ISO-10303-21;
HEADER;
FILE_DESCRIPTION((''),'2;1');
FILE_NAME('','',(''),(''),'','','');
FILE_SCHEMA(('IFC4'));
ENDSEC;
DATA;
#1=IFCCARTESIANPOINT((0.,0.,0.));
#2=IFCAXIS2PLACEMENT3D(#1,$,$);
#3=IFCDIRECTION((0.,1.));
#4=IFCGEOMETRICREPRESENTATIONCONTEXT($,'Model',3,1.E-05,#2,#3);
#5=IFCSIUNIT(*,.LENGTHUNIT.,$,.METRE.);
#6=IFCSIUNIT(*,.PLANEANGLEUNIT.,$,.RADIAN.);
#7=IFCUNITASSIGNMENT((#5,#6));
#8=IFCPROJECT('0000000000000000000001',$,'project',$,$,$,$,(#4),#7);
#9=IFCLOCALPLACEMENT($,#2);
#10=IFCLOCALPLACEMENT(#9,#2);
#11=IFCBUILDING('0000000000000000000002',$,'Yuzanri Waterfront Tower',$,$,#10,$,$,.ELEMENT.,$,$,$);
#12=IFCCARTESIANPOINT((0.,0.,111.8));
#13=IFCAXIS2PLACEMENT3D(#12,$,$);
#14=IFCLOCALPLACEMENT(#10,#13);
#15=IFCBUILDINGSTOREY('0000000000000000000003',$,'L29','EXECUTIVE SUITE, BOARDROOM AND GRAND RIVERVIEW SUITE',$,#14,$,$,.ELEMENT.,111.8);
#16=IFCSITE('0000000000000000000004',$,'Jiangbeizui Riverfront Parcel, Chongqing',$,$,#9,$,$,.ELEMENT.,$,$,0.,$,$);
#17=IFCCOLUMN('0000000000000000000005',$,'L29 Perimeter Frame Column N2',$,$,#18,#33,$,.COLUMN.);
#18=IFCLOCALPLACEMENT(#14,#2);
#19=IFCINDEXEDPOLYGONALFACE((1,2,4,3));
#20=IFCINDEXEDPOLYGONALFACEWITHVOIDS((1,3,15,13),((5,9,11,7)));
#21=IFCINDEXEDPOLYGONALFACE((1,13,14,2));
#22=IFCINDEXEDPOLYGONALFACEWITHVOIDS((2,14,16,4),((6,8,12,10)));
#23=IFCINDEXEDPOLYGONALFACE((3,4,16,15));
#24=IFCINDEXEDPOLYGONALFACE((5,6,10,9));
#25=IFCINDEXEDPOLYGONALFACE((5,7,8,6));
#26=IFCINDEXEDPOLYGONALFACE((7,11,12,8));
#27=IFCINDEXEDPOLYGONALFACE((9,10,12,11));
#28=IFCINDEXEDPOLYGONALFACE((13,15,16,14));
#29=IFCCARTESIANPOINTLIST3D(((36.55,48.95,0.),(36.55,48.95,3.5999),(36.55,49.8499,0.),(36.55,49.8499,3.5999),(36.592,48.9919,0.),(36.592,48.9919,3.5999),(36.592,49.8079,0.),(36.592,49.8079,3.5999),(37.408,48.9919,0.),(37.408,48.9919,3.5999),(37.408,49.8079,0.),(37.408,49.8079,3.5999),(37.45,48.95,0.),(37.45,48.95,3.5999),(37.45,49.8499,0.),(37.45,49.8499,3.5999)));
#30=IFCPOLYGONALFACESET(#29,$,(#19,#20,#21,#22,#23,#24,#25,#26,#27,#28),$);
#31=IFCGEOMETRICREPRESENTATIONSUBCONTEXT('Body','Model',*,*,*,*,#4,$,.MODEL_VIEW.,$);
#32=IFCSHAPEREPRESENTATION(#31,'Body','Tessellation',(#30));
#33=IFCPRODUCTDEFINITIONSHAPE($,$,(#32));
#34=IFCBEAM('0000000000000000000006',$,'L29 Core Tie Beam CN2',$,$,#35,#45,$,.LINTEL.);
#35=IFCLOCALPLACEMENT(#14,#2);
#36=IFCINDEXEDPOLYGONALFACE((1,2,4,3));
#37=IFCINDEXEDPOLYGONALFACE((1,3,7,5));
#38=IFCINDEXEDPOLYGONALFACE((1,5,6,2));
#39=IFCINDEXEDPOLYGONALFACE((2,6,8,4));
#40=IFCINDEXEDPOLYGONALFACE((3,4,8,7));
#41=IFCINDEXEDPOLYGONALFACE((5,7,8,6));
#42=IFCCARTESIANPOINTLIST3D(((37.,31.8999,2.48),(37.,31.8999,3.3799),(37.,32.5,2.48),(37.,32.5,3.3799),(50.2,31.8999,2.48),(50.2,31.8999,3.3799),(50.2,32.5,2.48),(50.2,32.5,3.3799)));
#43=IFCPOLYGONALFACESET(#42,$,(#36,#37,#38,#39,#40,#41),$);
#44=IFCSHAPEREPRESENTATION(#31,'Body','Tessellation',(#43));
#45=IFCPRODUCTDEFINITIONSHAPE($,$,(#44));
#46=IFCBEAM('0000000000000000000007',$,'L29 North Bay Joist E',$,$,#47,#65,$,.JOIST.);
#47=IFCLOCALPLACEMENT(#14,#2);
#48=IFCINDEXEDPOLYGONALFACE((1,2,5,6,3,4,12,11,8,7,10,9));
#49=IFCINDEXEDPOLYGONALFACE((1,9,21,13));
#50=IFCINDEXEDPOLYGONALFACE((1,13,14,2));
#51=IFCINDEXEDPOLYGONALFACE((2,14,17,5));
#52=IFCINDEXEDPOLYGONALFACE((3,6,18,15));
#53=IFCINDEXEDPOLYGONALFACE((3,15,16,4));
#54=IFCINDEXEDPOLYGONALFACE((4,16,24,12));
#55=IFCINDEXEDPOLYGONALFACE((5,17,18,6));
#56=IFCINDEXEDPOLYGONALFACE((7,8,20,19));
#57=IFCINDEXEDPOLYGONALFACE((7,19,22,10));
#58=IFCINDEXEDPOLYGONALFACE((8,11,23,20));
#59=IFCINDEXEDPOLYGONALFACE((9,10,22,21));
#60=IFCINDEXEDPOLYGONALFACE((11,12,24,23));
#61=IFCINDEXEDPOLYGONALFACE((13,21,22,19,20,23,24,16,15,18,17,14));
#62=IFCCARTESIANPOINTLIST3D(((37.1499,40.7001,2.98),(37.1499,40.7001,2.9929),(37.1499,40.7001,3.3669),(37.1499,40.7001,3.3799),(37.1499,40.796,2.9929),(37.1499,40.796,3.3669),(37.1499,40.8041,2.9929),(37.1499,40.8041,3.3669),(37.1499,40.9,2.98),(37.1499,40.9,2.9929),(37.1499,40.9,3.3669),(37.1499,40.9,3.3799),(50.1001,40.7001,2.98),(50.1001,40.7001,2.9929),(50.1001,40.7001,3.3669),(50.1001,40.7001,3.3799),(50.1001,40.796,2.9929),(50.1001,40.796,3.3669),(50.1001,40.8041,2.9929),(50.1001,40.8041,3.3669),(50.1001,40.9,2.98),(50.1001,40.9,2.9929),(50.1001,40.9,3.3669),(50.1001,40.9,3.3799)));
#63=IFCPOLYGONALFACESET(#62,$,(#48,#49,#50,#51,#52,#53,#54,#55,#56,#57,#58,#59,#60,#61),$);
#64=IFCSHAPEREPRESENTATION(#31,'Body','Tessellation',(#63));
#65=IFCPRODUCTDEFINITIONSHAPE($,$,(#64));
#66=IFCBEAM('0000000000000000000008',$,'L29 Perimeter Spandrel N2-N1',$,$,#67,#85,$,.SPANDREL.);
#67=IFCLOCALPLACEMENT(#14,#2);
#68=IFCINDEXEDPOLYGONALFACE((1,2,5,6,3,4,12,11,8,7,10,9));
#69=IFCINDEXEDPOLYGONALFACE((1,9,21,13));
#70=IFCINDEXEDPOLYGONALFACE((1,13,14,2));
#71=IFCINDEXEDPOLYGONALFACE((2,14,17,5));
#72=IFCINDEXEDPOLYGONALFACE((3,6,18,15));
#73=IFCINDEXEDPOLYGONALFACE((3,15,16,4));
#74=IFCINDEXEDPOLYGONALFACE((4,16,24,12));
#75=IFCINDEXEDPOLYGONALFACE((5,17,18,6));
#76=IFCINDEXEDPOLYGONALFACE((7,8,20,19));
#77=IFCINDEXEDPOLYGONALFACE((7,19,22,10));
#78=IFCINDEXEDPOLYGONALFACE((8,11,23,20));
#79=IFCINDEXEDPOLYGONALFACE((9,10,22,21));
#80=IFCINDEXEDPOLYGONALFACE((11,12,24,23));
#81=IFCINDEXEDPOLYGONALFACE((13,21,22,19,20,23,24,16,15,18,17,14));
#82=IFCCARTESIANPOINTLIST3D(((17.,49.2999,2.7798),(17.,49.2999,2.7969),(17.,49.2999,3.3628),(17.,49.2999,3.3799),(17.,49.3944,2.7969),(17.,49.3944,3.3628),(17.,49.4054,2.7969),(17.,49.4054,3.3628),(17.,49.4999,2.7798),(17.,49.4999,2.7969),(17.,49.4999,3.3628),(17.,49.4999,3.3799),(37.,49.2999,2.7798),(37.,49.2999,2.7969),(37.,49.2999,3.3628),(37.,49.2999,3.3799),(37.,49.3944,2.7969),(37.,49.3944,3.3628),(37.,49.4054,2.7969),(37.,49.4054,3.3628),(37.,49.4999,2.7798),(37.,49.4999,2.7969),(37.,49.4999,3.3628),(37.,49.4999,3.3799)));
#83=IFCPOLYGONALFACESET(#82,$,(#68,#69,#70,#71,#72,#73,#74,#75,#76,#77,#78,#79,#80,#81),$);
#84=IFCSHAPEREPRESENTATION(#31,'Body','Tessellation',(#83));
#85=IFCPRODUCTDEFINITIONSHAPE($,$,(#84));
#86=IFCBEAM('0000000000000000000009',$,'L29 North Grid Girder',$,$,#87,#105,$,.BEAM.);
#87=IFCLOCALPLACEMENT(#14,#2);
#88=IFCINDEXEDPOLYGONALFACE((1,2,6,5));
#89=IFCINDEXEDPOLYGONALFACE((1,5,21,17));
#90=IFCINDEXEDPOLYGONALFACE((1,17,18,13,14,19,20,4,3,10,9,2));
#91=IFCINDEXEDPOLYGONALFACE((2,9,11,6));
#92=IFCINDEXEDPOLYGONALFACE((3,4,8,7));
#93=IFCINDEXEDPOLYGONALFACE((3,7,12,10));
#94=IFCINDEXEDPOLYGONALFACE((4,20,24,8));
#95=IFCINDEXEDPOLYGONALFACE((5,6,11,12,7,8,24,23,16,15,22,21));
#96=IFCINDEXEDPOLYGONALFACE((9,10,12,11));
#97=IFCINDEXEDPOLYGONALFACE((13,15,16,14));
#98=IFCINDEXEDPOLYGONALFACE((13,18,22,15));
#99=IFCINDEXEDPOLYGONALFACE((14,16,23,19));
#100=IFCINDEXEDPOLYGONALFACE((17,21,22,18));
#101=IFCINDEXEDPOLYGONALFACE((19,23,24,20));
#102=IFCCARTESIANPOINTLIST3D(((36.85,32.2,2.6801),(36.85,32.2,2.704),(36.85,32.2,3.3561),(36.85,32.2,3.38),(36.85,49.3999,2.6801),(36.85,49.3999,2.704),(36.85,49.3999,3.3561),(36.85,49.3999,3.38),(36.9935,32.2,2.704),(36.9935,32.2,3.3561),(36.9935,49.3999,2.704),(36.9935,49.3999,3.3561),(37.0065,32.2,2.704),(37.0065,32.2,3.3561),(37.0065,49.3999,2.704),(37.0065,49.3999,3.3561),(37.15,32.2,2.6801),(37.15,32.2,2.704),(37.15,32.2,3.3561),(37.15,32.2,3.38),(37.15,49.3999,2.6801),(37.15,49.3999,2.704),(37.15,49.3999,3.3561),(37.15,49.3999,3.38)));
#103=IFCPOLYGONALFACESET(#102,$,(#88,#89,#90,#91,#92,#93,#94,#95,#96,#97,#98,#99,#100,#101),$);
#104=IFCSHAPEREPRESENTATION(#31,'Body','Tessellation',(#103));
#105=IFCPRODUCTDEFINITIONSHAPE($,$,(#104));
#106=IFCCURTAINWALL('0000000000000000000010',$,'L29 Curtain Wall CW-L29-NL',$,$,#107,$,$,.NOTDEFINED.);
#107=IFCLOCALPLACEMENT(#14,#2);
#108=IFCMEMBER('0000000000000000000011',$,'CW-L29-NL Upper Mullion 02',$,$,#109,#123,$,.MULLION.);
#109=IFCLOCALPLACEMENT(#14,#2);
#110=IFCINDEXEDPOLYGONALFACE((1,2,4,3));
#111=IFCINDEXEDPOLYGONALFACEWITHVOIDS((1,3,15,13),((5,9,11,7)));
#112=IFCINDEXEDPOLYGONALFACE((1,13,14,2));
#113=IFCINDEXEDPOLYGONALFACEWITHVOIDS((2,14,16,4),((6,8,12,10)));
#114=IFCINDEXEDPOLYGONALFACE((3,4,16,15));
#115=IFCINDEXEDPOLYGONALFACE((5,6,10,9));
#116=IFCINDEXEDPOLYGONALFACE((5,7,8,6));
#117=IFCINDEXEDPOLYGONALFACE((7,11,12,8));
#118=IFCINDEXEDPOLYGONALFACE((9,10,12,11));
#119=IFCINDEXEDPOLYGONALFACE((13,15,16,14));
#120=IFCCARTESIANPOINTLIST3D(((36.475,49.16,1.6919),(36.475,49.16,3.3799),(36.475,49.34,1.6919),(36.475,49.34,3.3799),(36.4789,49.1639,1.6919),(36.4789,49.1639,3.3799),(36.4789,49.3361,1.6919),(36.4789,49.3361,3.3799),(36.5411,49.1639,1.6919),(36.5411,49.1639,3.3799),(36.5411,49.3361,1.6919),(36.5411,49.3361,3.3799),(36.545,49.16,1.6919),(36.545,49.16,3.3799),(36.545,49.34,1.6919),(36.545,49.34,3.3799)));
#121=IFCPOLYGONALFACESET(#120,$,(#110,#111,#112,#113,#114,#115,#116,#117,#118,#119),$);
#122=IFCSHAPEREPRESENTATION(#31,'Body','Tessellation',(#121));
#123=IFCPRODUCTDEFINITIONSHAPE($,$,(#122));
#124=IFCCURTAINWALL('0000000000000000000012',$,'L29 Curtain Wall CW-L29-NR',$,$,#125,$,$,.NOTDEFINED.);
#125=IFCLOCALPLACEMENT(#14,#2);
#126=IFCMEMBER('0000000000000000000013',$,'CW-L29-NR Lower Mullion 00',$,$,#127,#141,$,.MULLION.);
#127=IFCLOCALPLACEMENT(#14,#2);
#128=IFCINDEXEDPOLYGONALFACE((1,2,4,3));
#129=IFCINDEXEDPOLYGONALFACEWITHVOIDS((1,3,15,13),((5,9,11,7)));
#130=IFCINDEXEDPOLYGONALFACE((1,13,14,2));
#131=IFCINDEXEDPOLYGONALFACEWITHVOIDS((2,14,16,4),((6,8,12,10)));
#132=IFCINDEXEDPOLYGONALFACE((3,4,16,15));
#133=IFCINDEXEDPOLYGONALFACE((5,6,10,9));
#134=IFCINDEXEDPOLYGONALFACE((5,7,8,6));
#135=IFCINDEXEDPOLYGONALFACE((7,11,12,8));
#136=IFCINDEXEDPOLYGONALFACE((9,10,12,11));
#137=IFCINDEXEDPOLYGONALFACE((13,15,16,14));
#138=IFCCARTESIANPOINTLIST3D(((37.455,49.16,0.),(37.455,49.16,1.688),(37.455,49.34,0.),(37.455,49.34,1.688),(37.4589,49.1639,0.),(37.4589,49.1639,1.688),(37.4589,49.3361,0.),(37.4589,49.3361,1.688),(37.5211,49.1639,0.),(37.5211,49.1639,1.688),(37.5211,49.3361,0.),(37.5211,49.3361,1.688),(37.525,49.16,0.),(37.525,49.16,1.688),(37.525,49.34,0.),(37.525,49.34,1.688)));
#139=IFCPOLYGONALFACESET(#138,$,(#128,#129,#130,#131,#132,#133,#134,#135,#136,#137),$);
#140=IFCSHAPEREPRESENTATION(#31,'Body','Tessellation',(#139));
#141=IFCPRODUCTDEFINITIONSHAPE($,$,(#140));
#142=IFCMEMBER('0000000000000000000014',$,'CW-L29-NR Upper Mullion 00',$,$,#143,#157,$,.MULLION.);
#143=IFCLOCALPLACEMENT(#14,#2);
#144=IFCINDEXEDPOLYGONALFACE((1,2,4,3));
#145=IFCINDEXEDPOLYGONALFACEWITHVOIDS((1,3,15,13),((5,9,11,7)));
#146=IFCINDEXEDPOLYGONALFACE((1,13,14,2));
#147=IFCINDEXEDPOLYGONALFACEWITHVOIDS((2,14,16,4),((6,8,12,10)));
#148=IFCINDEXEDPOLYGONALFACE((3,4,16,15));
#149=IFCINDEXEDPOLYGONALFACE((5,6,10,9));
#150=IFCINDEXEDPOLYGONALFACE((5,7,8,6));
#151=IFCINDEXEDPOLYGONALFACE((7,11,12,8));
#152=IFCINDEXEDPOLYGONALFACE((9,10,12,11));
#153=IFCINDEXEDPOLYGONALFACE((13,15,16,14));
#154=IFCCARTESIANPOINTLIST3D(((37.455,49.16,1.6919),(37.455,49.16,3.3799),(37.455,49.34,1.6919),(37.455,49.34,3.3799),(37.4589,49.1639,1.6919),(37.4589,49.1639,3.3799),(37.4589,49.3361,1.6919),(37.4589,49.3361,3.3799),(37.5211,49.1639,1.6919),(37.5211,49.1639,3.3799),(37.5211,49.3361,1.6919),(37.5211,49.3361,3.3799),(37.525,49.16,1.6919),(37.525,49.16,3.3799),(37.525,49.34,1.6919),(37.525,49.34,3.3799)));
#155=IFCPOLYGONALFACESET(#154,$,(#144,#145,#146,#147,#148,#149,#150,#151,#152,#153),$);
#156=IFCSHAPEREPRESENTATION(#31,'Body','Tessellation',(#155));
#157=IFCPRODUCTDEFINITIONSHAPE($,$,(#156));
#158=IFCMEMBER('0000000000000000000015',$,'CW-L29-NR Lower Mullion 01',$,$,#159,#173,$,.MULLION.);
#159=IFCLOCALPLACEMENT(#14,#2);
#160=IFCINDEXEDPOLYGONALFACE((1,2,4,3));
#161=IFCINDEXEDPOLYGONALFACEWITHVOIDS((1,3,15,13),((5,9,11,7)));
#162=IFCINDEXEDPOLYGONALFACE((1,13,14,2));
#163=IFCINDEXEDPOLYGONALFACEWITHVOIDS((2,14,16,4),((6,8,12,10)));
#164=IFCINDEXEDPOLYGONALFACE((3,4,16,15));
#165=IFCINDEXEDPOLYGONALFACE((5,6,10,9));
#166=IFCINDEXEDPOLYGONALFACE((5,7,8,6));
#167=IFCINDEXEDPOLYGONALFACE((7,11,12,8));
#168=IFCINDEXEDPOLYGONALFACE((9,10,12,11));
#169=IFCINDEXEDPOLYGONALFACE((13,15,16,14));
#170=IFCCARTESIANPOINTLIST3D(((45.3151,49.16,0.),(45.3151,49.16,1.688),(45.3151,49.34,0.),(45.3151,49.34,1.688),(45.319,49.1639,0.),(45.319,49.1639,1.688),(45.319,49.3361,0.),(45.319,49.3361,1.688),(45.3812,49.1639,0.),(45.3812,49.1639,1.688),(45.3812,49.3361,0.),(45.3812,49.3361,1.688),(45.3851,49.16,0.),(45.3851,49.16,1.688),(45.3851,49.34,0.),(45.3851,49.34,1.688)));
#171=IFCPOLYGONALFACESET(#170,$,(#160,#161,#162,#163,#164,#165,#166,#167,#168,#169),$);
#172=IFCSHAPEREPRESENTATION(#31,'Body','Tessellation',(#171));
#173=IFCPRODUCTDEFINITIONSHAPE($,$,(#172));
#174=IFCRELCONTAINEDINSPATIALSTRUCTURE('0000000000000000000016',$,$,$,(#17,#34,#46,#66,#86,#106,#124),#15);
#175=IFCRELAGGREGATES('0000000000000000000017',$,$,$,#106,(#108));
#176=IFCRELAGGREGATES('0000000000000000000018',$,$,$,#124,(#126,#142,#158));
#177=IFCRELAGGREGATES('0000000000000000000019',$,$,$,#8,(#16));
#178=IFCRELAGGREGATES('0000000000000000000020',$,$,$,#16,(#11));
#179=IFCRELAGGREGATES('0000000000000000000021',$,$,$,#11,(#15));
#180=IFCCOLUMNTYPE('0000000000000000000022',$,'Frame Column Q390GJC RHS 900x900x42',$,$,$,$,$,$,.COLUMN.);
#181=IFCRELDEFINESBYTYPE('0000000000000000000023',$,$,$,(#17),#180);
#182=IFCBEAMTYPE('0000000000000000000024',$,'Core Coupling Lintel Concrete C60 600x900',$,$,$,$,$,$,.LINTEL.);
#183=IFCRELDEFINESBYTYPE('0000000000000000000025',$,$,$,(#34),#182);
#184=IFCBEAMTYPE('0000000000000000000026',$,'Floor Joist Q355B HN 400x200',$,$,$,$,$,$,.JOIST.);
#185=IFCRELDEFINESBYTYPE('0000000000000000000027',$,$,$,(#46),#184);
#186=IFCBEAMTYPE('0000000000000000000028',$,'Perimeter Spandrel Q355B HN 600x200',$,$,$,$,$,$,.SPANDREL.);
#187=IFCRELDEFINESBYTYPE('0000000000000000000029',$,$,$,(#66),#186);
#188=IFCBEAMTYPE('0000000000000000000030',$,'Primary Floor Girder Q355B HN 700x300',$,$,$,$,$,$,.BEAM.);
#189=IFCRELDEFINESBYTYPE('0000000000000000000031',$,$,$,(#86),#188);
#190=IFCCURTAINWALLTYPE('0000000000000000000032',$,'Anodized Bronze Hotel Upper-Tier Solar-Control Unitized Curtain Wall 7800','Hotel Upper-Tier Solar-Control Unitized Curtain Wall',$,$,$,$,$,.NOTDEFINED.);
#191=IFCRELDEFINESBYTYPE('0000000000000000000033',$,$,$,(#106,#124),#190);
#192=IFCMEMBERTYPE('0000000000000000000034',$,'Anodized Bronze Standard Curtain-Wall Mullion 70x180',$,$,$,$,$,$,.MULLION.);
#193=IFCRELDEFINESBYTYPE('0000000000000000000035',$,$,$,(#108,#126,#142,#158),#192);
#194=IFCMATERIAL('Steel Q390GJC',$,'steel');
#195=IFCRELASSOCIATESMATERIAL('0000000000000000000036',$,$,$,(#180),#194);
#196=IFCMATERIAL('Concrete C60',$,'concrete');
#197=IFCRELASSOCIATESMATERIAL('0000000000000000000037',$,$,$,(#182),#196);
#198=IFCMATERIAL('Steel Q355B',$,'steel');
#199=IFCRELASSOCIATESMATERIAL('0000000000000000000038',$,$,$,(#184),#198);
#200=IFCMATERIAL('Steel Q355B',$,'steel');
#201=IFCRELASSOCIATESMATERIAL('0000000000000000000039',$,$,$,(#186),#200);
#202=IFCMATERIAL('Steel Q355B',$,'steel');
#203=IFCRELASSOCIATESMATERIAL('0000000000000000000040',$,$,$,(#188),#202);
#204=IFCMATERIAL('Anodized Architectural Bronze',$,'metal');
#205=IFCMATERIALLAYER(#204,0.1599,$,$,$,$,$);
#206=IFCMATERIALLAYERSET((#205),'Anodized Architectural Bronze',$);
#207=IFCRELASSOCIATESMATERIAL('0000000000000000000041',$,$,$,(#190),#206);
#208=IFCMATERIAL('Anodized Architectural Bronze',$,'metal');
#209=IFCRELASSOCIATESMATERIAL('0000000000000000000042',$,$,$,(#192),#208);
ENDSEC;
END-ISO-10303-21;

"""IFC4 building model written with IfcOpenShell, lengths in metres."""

from ifc_helpers import new_model, si_unit, direction, frame, origin, origin_2d, place, context, subcontext, project, spatial, rectangle, hollow_rectangle, i_section, extrude, source, transform, mapped, material, layer, layer_set, material_profile, profile_set, type_object, element, aggregate, save


model = new_model("IFC4")

# Units and contexts
model_context = context("Model", 3, precision=1e-05, world=origin(), true_north=direction((0.0, 1.0)))
body_context = subcontext(model_context, "Body", "Model", "MODEL_VIEW")
ifc_project = project(units=[si_unit("LENGTHUNIT", "METRE"), si_unit("PLANEANGLEUNIT", "RADIAN")], contexts=[model_context])

# Site, building, storey
site_placement = place(None, origin())
site = spatial("IfcSite", under=ifc_project, at=site_placement, Name="Jiangbeizui Riverfront Parcel, Chongqing", CompositionType="ELEMENT", RefElevation=0.0)
building_placement = place(site_placement, origin())
building = spatial("IfcBuilding", under=site, at=building_placement, Name="Yuzanri Waterfront Tower", CompositionType="ELEMENT")
storey_placement = place(building_placement, frame((0.0, 0.0, 111.8)))
storey = spatial("IfcBuildingStorey", under=building, at=storey_placement, Name="L29", Description="EXECUTIVE SUITE, BOARDROOM AND GRAND RIVERVIEW SUITE", CompositionType="ELEMENT", Elevation=111.8)

# Column
ifc_material_1 = material(Name="Steel Q390GJC", Category="steel")
ifc_material_profile_1 = material_profile(ifc_material_1, hollow_rectangle(XDim=0.8999, YDim=0.8999, WallThickness=0.042, at=origin_2d()), Name="RHS 900x900x42")
ifc_profile_set_1 = profile_set([ifc_material_profile_1], Name="Steel Q390GJC")
column_type = type_object("IfcColumnType", Name="Frame Column Q390GJC RHS 900x900x42", PredefinedType="COLUMN", material=ifc_profile_set_1)
shared_shape_1 = source(origin(), body_context, "Body", "SweptSolid", [
    extrude(hollow_rectangle(XDim=0.8999, YDim=0.8999, WallThickness=0.042, at=origin_2d()), origin(), (0.0, 0.0, 1.0), 3.5999),
])
column_placement = place(storey_placement, frame((37.0, 49.3999, 0.0), z_axis=(0.0, 0.0, 1.0), x_axis=(1.0, 0.0, 0.0)))
element("IfcColumn", 1, at=column_placement, inside=storey, type_object=column_type, Name="L29 Perimeter Frame Column N2", PredefinedType="COLUMN", context=body_context, shape_type="MappedRepresentation", body=[
    mapped(shared_shape_1, transform((0.0, 0.0, 0.0), scale=1.0)),
])

# Beams
ifc_material_2 = material(Name="Concrete C60", Category="concrete")
ifc_material_profile_2 = material_profile(ifc_material_2, rectangle(XDim=0.6001, YDim=0.8999, at=origin_2d()), Name="RC 600x900")
ifc_profile_set_2 = profile_set([ifc_material_profile_2], Name="Concrete C60")
beam_type_1 = type_object("IfcBeamType", Name="Core Coupling Lintel Concrete C60 600x900", PredefinedType="LINTEL", material=ifc_profile_set_2)
shared_shape_2 = source(origin(), body_context, "Body", "SweptSolid", [
    extrude(rectangle(XDim=0.6001, YDim=0.8999, at=origin_2d()), origin(), (0.0, 0.0, 1.0), 13.2),
])
beam_1_placement = place(storey_placement, frame((37.0, 32.2, 2.9299), z_axis=(1.0, 0.0, 0.0), x_axis=(0.0, 1.0, 0.0)))
element("IfcBeam", 2, at=beam_1_placement, inside=storey, type_object=beam_type_1, Name="L29 Core Tie Beam CN2", PredefinedType="LINTEL", context=body_context, shape_type="MappedRepresentation", body=[
    mapped(shared_shape_2, transform((0.0, 0.0, 0.0), scale=1.0)),
])
ifc_material_3 = material(Name="Steel Q355B", Category="steel")
ifc_material_profile_3 = material_profile(ifc_material_3, i_section(OverallWidth=0.2, OverallDepth=0.3999, WebThickness=0.0081, FlangeThickness=0.0129, at=origin_2d()), Name="HN 400x200x8x13")
ifc_profile_set_3 = profile_set([ifc_material_profile_3], Name="Steel Q355B")
beam_type_2 = type_object("IfcBeamType", Name="Floor Joist Q355B HN 400x200", PredefinedType="JOIST", material=ifc_profile_set_3)
shared_shape_3 = source(origin(), body_context, "Body", "SweptSolid", [
    extrude(i_section(OverallWidth=0.2, OverallDepth=0.3999, WebThickness=0.0081, FlangeThickness=0.0129, at=origin_2d()), origin(), (0.0, 0.0, 1.0), 12.9502),
])
beam_2_placement = place(storey_placement, frame((37.1499, 40.8, 3.1799), z_axis=(1.0, 0.0, 0.0), x_axis=(0.0, 1.0, 0.0)))
element("IfcBeam", 3, at=beam_2_placement, inside=storey, type_object=beam_type_2, Name="L29 North Bay Joist E", PredefinedType="JOIST", context=body_context, shape_type="MappedRepresentation", body=[
    mapped(shared_shape_3, transform((0.0, 0.0, 0.0), scale=1.0)),
])
ifc_material_4 = material(Name="Steel Q355B", Category="steel")
ifc_material_profile_4 = material_profile(ifc_material_4, i_section(OverallWidth=0.2, OverallDepth=0.6001, WebThickness=0.011, FlangeThickness=0.0171, at=origin_2d()), Name="HN 600x200x11x17")
ifc_profile_set_4 = profile_set([ifc_material_profile_4], Name="Steel Q355B")
beam_type_3 = type_object("IfcBeamType", Name="Perimeter Spandrel Q355B HN 600x200", PredefinedType="SPANDREL", material=ifc_profile_set_4)
shared_shape_4 = source(origin(), body_context, "Body", "SweptSolid", [
    extrude(i_section(OverallWidth=0.2, OverallDepth=0.6001, WebThickness=0.011, FlangeThickness=0.0171, at=origin_2d()), origin(), (0.0, 0.0, 1.0), 20.0),
])
beam_3_placement = place(storey_placement, frame((37.0, 49.3999, 3.0798), z_axis=(-1.0, 0.0, 0.0), x_axis=(0.0, -1.0, 0.0)))
element("IfcBeam", 4, at=beam_3_placement, inside=storey, type_object=beam_type_3, Name="L29 Perimeter Spandrel N2-N1", PredefinedType="SPANDREL", context=body_context, shape_type="MappedRepresentation", body=[
    mapped(shared_shape_4, transform((0.0, 0.0, 0.0), scale=1.0)),
])
ifc_material_5 = material(Name="Steel Q355B", Category="steel")
ifc_material_profile_5 = material_profile(ifc_material_5, i_section(OverallWidth=0.3, OverallDepth=0.7, WebThickness=0.0129, FlangeThickness=0.0239, at=origin_2d()), Name="HN 700x300x13x24")
ifc_profile_set_5 = profile_set([ifc_material_profile_5], Name="Steel Q355B")
beam_type_4 = type_object("IfcBeamType", Name="Primary Floor Girder Q355B HN 700x300", PredefinedType="BEAM", material=ifc_profile_set_5)
shared_shape_5 = source(origin(), body_context, "Body", "SweptSolid", [
    extrude(i_section(OverallWidth=0.3, OverallDepth=0.7, WebThickness=0.0129, FlangeThickness=0.0239, at=origin_2d()), origin(), (0.0, 0.0, 1.0), 17.2),
])
beam_4_placement = place(storey_placement, frame((37.0, 32.2, 3.03), z_axis=(0.0, 1.0, 0.0), x_axis=(-1.0, 0.0, 0.0)))
element("IfcBeam", 5, at=beam_4_placement, inside=storey, type_object=beam_type_4, Name="L29 North Grid Girder", PredefinedType="BEAM", context=body_context, shape_type="MappedRepresentation", body=[
    mapped(shared_shape_5, transform((0.0, 0.0, 0.0), scale=1.0)),
])

# Curtain wall, member
ifc_material_6 = material(Name="Anodized Architectural Bronze", Category="metal")
ifc_layer_1 = layer(ifc_material_6, 0.1599)
ifc_layer_set_1 = layer_set([ifc_layer_1], Name="Anodized Architectural Bronze")
curtain_wall_type = type_object("IfcCurtainWallType", Name="Anodized Bronze Hotel Upper-Tier Solar-Control Unitized Curtain Wall 7800", Description="Hotel Upper-Tier Solar-Control Unitized Curtain Wall", PredefinedType="NOTDEFINED", material=ifc_layer_set_1)
curtain_wall_1_placement = place(storey_placement, origin())
curtain_wall_1 = element("IfcCurtainWall", 6, at=curtain_wall_1_placement, inside=storey, type_object=curtain_wall_type, Name="L29 Curtain Wall CW-L29-NL", PredefinedType="NOTDEFINED")
ifc_material_7 = material(Name="Anodized Architectural Bronze", Category="metal")
ifc_material_profile_6 = material_profile(ifc_material_7, hollow_rectangle(XDim=0.0701, YDim=0.1799, WallThickness=0.0039, at=origin_2d()), Name="CWM 70x180")
ifc_profile_set_6 = profile_set([ifc_material_profile_6], Name="Anodized Architectural Bronze")
member_type_1 = type_object("IfcMemberType", Name="Anodized Bronze Standard Curtain-Wall Mullion 70x180", PredefinedType="MULLION", material=ifc_profile_set_6)
shared_shape_6 = source(origin(), body_context, "Body", "SweptSolid", [
    extrude(hollow_rectangle(XDim=0.0701, YDim=0.1799, WallThickness=0.0039, at=origin_2d()), origin(), (0.0, 0.0, 1.0), 1.688),
])
member_1_placement = place(storey_placement, frame((36.51, 49.25, 1.6919), z_axis=(0.0, 0.0, 1.0), x_axis=(1.0, 0.0, 0.0)))
member_1 = element("IfcMember", 7, at=member_1_placement, type_object=member_type_1, Name="CW-L29-NL Upper Mullion 02", PredefinedType="MULLION", context=body_context, shape_type="MappedRepresentation", body=[
    mapped(shared_shape_6, transform((0.0, 0.0, 0.0), scale=1.0)),
])
aggregate(curtain_wall_1, [member_1])

# Curtain wall, members
curtain_wall_2_placement = place(storey_placement, origin())
curtain_wall_2 = element("IfcCurtainWall", 8, at=curtain_wall_2_placement, inside=storey, type_object=curtain_wall_type, Name="L29 Curtain Wall CW-L29-NR", PredefinedType="NOTDEFINED")
member_2_placement = place(storey_placement, frame((37.49, 49.25, 0.0), z_axis=(0.0, 0.0, 1.0), x_axis=(1.0, 0.0, 0.0)))
member_2 = element("IfcMember", 9, at=member_2_placement, type_object=member_type_1, Name="CW-L29-NR Lower Mullion 00", PredefinedType="MULLION", context=body_context, shape_type="MappedRepresentation", body=[
    mapped(shared_shape_6, transform((0.0, 0.0, 0.0), scale=1.0)),
])
member_3_placement = place(storey_placement, frame((37.49, 49.25, 1.6919), z_axis=(0.0, 0.0, 1.0), x_axis=(1.0, 0.0, 0.0)))
member_3 = element("IfcMember", 10, at=member_3_placement, type_object=member_type_1, Name="CW-L29-NR Upper Mullion 00", PredefinedType="MULLION", context=body_context, shape_type="MappedRepresentation", body=[
    mapped(shared_shape_6, transform((0.0, 0.0, 0.0), scale=1.0)),
])
member_4_placement = place(storey_placement, frame((45.3501, 49.25, 0.0), z_axis=(0.0, 0.0, 1.0), x_axis=(1.0, 0.0, 0.0)))
member_4 = element("IfcMember", 11, at=member_4_placement, type_object=member_type_1, Name="CW-L29-NR Lower Mullion 01", PredefinedType="MULLION", context=body_context, shape_type="MappedRepresentation", body=[
    mapped(shared_shape_6, transform((0.0, 0.0, 0.0), scale=1.0)),
])
aggregate(curtain_wall_2, [member_2, member_3, member_4])

save(model, "model.ifc")
